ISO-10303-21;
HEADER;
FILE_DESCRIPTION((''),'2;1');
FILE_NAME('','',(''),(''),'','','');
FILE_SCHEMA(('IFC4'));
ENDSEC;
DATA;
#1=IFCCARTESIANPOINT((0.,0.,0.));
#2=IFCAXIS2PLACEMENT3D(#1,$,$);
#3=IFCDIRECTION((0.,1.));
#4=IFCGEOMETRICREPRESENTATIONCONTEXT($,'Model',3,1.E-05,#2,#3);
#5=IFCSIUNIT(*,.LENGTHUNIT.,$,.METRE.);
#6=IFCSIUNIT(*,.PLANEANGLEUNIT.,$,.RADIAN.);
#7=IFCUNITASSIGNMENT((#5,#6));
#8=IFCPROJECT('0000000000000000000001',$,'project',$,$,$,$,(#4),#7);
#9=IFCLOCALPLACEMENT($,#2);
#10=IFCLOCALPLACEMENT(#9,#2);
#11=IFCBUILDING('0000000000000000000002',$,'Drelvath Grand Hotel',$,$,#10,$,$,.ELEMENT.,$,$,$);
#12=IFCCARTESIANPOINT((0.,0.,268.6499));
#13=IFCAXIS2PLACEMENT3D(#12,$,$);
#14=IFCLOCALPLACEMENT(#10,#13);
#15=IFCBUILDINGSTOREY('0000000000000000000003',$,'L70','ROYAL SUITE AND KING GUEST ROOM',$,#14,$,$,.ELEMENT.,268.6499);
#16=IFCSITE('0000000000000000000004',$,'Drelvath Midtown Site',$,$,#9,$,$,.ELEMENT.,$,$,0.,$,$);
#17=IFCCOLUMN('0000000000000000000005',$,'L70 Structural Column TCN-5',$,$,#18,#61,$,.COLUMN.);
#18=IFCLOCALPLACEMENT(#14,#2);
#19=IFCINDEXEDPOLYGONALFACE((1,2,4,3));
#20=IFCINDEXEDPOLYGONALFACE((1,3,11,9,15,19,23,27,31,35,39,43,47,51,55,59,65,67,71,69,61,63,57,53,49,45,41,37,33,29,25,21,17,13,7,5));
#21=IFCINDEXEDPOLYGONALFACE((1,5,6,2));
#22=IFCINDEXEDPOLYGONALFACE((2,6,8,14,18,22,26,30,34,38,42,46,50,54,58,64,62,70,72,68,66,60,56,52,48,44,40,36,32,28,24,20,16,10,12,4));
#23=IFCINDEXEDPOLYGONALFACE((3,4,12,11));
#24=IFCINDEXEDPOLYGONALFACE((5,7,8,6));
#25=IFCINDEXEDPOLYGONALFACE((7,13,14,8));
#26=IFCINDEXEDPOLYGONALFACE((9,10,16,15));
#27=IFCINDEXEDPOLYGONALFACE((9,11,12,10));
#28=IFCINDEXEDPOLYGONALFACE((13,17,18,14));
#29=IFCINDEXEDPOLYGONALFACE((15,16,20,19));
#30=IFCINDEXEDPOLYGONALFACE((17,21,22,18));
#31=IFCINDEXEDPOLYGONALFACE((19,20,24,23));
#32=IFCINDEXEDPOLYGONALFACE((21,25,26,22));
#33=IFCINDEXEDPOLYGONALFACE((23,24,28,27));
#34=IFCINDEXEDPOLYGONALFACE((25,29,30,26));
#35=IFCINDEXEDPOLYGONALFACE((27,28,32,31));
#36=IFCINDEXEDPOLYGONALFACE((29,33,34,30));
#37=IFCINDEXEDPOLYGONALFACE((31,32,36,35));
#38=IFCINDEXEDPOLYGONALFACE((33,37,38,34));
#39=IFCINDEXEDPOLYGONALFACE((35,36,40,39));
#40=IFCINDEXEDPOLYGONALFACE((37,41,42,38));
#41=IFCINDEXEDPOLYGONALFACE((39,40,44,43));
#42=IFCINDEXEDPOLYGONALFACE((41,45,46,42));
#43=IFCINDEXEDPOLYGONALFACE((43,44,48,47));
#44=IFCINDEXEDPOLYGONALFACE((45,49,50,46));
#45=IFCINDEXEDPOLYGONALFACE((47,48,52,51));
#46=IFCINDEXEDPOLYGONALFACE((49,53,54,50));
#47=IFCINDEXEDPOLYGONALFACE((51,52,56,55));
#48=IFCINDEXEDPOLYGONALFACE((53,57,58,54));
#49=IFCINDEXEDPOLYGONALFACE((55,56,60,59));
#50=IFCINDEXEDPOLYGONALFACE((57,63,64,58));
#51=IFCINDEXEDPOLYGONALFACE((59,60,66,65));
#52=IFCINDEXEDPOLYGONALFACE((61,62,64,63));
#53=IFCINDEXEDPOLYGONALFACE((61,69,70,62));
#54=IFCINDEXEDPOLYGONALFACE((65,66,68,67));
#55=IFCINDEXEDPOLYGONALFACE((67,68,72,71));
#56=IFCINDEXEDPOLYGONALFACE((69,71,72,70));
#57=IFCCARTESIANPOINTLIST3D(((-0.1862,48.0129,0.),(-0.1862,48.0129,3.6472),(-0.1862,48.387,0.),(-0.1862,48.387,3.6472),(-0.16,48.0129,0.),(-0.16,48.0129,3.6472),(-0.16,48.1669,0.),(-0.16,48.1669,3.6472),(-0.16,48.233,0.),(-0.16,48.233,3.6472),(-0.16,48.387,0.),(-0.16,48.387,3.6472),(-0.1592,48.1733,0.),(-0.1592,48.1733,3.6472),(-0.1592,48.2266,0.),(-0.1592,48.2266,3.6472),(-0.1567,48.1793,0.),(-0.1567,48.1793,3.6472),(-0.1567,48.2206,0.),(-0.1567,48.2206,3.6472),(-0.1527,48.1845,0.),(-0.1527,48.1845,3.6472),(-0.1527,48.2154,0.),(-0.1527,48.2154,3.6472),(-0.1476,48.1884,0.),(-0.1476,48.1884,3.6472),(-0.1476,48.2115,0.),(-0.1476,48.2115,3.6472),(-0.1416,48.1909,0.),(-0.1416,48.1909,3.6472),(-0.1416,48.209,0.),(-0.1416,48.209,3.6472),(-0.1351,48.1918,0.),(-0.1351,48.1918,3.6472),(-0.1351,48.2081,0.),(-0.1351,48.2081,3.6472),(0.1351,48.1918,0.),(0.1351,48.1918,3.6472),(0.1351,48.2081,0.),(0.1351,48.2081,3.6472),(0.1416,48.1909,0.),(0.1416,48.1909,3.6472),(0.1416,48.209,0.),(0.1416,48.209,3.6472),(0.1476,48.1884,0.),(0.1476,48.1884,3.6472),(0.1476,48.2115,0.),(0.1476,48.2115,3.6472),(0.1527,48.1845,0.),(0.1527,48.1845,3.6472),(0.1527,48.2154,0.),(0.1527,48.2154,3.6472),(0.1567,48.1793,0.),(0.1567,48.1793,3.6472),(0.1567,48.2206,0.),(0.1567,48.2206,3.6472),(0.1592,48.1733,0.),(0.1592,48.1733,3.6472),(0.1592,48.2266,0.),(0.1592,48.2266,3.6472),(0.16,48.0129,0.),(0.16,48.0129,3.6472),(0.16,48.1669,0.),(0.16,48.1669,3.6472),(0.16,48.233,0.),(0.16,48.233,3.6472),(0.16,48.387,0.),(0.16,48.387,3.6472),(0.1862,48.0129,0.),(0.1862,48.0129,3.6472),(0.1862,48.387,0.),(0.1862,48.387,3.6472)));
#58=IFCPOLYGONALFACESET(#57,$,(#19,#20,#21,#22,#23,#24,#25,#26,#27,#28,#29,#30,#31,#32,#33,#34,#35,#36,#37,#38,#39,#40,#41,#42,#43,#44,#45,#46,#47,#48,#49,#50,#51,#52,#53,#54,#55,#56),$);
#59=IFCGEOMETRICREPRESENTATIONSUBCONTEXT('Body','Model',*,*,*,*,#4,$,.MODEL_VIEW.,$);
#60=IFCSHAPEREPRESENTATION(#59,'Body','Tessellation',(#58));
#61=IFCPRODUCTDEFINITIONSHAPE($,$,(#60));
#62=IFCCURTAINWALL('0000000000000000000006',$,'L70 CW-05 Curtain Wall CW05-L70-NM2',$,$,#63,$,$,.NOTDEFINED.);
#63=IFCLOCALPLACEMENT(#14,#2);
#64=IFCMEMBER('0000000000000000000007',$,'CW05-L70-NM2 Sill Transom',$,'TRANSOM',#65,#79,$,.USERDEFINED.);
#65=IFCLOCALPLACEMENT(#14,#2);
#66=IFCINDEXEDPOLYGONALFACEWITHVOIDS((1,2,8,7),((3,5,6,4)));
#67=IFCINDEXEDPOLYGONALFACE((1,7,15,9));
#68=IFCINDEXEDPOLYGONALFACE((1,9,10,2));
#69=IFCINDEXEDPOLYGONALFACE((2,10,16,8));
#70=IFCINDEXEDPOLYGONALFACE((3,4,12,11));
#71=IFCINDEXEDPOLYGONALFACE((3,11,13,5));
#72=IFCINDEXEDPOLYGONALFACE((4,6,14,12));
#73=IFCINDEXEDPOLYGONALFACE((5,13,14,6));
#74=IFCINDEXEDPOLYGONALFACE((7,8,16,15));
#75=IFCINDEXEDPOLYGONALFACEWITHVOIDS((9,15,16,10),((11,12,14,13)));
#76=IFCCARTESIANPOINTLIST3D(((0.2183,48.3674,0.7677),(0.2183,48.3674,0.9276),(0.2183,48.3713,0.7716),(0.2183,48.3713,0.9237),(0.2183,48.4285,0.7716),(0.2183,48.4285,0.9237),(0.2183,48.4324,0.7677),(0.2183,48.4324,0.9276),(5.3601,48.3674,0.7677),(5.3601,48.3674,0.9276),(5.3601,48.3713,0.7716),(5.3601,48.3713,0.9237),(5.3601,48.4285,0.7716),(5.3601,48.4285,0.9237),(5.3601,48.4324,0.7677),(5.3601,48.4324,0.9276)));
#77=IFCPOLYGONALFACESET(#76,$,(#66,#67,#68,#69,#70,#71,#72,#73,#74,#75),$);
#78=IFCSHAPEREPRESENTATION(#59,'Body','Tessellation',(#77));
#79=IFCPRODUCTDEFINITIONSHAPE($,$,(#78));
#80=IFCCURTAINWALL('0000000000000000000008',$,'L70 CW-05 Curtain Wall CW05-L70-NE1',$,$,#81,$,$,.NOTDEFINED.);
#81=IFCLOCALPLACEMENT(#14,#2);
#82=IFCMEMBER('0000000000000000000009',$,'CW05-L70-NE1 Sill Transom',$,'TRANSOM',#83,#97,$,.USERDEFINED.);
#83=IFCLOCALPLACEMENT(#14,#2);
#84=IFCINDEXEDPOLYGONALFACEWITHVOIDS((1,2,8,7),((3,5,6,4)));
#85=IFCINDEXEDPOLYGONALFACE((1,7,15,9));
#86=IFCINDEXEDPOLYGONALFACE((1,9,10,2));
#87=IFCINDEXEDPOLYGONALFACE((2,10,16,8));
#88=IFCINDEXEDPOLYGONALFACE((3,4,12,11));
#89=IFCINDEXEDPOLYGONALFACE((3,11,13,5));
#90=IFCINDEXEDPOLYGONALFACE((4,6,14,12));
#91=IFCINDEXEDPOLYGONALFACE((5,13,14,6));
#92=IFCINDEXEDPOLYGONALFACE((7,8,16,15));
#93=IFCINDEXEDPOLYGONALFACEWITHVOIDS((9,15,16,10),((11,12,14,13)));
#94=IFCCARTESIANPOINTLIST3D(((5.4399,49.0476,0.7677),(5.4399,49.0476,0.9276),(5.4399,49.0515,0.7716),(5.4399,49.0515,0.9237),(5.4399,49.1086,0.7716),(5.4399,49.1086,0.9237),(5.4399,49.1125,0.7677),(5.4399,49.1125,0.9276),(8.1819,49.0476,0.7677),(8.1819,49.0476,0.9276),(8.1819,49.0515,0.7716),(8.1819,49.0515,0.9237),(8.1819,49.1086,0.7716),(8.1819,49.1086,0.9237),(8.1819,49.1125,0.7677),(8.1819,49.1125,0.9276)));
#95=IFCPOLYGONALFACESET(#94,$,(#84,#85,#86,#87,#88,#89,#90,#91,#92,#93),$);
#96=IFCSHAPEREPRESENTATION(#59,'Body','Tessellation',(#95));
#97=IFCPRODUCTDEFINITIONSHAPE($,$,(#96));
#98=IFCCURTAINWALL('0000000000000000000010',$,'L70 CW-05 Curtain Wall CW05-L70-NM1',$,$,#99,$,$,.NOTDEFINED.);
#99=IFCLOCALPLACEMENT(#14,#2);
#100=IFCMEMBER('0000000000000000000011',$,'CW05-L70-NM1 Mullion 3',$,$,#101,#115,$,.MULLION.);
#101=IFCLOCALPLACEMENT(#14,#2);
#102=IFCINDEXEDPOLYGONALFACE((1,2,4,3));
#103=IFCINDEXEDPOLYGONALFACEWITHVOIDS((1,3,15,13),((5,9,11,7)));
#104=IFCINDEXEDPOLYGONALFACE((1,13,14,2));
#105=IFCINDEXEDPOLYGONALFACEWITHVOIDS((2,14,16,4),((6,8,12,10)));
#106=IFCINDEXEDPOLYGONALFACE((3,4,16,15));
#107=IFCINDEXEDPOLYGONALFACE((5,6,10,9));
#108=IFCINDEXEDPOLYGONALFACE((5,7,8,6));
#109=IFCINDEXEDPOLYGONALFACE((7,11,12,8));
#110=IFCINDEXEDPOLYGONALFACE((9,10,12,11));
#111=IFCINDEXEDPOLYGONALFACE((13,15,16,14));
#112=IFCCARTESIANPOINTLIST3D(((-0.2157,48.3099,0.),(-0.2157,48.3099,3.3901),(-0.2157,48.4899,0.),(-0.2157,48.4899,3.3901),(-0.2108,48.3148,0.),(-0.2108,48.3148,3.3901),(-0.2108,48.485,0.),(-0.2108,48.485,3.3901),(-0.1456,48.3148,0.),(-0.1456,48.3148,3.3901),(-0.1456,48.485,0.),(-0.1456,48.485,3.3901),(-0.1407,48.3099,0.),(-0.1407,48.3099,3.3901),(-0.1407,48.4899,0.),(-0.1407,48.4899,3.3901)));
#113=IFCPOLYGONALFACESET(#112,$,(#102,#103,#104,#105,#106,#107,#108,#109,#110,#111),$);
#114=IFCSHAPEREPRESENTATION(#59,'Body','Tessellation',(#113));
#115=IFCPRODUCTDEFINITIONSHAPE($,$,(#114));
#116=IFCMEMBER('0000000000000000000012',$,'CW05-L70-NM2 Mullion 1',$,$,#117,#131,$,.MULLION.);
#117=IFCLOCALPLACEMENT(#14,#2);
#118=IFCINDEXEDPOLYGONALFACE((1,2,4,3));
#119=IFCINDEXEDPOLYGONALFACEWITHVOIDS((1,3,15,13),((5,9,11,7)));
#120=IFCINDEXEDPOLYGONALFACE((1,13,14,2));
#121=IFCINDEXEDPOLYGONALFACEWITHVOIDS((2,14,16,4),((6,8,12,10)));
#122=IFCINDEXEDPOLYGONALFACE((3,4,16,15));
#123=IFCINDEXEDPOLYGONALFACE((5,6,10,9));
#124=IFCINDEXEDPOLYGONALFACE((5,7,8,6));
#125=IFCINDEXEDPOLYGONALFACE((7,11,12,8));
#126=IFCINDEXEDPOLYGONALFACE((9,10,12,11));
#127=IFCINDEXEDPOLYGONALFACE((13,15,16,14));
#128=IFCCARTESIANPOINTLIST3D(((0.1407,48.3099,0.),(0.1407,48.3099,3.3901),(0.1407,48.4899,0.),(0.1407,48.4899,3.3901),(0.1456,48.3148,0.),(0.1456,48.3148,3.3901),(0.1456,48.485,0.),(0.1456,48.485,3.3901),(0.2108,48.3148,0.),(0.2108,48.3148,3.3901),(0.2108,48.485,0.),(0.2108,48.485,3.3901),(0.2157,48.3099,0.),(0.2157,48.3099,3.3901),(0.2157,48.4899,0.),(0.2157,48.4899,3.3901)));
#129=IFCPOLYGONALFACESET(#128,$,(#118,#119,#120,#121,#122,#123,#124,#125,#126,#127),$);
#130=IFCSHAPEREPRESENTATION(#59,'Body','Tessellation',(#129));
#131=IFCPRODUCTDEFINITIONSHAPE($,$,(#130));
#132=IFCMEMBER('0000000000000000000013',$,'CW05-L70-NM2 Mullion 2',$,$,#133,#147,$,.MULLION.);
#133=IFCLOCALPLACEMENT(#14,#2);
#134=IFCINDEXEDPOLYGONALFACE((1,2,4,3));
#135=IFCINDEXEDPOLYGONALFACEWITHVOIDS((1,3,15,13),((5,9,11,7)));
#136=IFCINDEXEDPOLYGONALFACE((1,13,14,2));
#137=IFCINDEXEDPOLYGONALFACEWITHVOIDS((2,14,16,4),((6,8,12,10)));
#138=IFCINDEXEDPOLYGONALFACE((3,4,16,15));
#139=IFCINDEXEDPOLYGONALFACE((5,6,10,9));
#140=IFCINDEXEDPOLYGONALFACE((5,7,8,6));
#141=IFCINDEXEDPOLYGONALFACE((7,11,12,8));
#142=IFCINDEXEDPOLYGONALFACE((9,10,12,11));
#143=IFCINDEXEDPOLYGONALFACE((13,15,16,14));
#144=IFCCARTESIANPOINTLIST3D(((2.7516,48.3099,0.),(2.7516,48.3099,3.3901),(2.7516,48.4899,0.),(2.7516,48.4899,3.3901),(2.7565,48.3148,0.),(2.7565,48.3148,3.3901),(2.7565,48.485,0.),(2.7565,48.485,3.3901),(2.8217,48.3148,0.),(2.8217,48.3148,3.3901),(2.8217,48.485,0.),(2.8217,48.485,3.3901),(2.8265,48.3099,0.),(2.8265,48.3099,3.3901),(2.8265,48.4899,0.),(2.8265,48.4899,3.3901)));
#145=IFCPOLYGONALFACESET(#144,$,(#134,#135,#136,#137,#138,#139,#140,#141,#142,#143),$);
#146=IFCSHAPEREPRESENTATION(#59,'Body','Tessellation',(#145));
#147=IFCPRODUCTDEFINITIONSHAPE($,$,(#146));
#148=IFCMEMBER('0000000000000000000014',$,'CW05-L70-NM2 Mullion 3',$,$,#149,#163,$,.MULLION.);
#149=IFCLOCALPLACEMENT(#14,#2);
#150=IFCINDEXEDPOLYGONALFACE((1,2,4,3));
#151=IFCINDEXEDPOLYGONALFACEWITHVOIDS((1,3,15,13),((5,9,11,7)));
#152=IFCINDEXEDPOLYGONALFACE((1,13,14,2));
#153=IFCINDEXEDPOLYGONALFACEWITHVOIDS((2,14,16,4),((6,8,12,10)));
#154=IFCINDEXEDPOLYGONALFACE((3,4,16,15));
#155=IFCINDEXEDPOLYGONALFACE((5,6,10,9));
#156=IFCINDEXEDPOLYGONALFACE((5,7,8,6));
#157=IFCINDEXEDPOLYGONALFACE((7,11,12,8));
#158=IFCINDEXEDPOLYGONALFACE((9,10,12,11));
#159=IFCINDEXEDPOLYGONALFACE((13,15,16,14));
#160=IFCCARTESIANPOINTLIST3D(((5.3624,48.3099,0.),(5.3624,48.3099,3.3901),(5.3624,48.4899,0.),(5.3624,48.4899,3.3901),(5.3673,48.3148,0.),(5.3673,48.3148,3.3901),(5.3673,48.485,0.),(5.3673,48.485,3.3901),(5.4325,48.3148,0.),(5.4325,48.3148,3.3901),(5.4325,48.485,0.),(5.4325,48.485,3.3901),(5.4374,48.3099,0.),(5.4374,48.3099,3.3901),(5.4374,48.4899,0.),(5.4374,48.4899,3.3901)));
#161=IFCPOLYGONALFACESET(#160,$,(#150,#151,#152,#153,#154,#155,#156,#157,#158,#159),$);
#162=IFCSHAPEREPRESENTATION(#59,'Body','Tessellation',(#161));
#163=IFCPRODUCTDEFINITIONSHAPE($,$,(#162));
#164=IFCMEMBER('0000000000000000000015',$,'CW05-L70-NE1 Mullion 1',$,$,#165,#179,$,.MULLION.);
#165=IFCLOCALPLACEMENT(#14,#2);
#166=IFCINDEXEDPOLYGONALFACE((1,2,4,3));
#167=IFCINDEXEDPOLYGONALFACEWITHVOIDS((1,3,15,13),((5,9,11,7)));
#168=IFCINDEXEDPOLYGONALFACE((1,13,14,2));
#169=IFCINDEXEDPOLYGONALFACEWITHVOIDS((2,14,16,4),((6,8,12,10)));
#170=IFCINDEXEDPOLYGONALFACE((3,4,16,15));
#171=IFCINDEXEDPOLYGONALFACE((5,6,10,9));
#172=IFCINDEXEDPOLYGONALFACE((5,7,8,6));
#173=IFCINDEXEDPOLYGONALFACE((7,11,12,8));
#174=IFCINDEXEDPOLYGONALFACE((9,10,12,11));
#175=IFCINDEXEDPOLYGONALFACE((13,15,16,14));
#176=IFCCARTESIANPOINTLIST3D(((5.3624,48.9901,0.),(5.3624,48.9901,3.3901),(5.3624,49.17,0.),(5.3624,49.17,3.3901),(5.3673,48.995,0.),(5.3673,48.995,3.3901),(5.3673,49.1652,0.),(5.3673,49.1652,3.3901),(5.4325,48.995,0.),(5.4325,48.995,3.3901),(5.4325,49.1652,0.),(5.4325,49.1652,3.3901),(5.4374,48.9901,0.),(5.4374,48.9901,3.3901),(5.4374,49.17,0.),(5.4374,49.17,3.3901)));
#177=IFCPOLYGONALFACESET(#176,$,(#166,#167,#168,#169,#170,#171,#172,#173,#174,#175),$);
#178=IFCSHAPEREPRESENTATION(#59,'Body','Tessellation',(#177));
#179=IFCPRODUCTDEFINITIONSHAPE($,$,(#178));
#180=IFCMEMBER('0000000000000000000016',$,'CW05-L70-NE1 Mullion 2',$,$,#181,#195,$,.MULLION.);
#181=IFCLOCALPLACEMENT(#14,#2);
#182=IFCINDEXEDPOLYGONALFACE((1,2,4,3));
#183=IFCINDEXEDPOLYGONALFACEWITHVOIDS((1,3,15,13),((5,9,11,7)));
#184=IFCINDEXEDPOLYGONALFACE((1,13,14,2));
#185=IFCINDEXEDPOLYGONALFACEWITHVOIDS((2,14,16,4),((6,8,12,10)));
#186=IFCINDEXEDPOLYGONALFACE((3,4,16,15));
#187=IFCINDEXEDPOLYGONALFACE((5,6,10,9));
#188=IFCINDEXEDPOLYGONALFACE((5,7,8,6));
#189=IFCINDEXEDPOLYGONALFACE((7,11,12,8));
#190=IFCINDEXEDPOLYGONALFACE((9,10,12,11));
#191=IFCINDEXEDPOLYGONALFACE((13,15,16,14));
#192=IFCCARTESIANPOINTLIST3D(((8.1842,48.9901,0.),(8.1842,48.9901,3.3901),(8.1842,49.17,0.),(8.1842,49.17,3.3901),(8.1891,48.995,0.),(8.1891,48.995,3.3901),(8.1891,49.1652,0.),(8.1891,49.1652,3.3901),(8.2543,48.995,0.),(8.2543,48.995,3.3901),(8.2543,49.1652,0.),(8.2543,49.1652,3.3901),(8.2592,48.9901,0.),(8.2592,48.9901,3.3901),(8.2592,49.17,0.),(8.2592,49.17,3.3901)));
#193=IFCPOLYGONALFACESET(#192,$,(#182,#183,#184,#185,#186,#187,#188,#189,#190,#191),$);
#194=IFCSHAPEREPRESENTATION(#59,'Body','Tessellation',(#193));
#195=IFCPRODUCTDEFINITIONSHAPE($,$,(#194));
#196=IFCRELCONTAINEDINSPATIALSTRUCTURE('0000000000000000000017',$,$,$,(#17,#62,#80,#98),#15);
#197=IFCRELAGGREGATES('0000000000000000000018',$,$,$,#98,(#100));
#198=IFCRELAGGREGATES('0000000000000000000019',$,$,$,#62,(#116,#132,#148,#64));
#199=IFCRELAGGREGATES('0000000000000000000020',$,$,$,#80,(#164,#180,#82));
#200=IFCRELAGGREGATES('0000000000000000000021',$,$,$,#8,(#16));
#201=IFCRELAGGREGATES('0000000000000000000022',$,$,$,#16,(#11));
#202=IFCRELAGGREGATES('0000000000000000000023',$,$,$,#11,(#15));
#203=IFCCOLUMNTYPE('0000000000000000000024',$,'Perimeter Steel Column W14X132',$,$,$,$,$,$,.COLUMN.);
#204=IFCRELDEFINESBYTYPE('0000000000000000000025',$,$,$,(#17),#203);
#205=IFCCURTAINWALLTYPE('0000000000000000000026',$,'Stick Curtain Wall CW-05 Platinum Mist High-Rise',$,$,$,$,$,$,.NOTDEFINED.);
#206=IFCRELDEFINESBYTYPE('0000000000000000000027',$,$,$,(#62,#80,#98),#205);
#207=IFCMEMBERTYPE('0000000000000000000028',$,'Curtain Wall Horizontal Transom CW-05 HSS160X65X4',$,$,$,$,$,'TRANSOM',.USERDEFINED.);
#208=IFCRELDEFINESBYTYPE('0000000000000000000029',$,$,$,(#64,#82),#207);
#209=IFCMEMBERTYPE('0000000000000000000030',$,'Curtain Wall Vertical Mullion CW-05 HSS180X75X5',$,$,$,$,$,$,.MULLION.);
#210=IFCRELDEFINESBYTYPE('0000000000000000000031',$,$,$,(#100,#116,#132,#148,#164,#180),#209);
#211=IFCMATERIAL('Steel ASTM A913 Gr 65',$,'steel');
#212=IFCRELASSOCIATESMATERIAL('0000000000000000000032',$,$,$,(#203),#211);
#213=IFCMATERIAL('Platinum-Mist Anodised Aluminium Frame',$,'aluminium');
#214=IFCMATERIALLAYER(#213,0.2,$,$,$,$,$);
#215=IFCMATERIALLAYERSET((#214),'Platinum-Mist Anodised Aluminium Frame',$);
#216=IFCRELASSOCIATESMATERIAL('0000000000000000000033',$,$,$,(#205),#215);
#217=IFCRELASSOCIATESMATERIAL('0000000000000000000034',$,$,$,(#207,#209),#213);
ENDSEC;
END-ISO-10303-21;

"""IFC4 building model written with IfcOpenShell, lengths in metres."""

from ifc_helpers import new_model, si_unit, direction, frame, origin, origin_2d, place, context, subcontext, project, spatial, hollow_rectangle, i_section, extrude, material, layer, layer_set, material_profile, profile_set, type_object, element, aggregate, save


model = new_model("IFC4")

# Units and contexts
model_context = context("Model", 3, precision=1e-05, world=origin(), true_north=direction((0.0, 1.0)))
body_context = subcontext(model_context, "Body", "Model", "MODEL_VIEW")
ifc_project = project(units=[si_unit("LENGTHUNIT", "METRE"), si_unit("PLANEANGLEUNIT", "RADIAN")], contexts=[model_context])

# Site, building, storey
site_placement = place(None, origin())
site = spatial("IfcSite", under=ifc_project, at=site_placement, Name="Drelvath Midtown Site", CompositionType="ELEMENT", RefElevation=0.0)
building_placement = place(site_placement, origin())
building = spatial("IfcBuilding", under=site, at=building_placement, Name="Drelvath Grand Hotel", CompositionType="ELEMENT")
storey_placement = place(building_placement, frame((0.0, 0.0, 268.6499)))
storey = spatial("IfcBuildingStorey", under=building, at=storey_placement, Name="L70", Description="ROYAL SUITE AND KING GUEST ROOM", CompositionType="ELEMENT", Elevation=268.6499)

# Column
ifc_material_1 = material(Name="Steel ASTM A913 Gr 65", Category="steel")
ifc_material_profile_1 = material_profile(ifc_material_1, i_section(OverallWidth=0.374, OverallDepth=0.3723, WebThickness=0.0164, FlangeThickness=0.0261, FilletRadius=0.0249, at=origin_2d()), Name="W14X132")
ifc_profile_set_1 = profile_set([ifc_material_profile_1], Name="Steel ASTM A913 Gr 65")
column_type = type_object("IfcColumnType", Name="Perimeter Steel Column W14X132", PredefinedType="COLUMN", material=ifc_profile_set_1)
column_placement = place(storey_placement, frame((0.0, 48.2, 0.0), z_axis=(0.0, 0.0, 1.0), x_axis=(0.0, 1.0, 0.0)))
element("IfcColumn", 1, at=column_placement, inside=storey, type_object=column_type, Name="L70 Structural Column TCN-5", PredefinedType="COLUMN", context=body_context, shape_type="SweptSolid", body=[
    extrude(i_section(OverallWidth=0.374, OverallDepth=0.3723, WebThickness=0.0164, FlangeThickness=0.0261, FilletRadius=0.0249, at=origin_2d()), origin(), (0.0, 0.0, 1.0), 3.6472),
])

# Curtain walls, members
ifc_material_2 = material(Name="Platinum-Mist Anodised Aluminium Frame", Category="aluminium")
ifc_layer_1 = layer(ifc_material_2, 0.2)
ifc_layer_set_1 = layer_set([ifc_layer_1], Name="Platinum-Mist Anodised Aluminium Frame")
curtain_wall_type = type_object("IfcCurtainWallType", Name="Stick Curtain Wall CW-05 Platinum Mist High-Rise", PredefinedType="NOTDEFINED", material=ifc_layer_set_1)
curtain_wall_1_placement = place(storey_placement, origin())
curtain_wall_1 = element("IfcCurtainWall", 2, at=curtain_wall_1_placement, inside=storey, type_object=curtain_wall_type, Name="L70 CW-05 Curtain Wall CW05-L70-NM2", PredefinedType="NOTDEFINED")
ifc_material_profile_2 = material_profile(ifc_material_2, hollow_rectangle(XDim=0.0649, YDim=0.1599, WallThickness=0.0039, at=origin_2d()), Name="HSS160X65X4")
ifc_profile_set_2 = profile_set([ifc_material_profile_2], Name="Platinum-Mist Anodised Aluminium Frame")
member_type_1 = type_object("IfcMemberType", Name="Curtain Wall Horizontal Transom CW-05 HSS160X65X4", ElementType="TRANSOM", PredefinedType="USERDEFINED", material=ifc_profile_set_2)
member_1_placement = place(storey_placement, frame((0.2183, 48.3999, 0.8477), z_axis=(1.0, 0.0, 0.0), x_axis=(0.0, 1.0, 0.0)))
member_1 = element("IfcMember", 3, at=member_1_placement, type_object=member_type_1, Name="CW05-L70-NM2 Sill Transom", ObjectType="TRANSOM", PredefinedType="USERDEFINED", context=body_context, shape_type="SweptSolid", body=[
    extrude(hollow_rectangle(XDim=0.0649, YDim=0.1599, WallThickness=0.0039, at=origin_2d()), origin(), (0.0, 0.0, 1.0), 5.1418),
])
curtain_wall_2_placement = place(storey_placement, origin())
curtain_wall_2 = element("IfcCurtainWall", 4, at=curtain_wall_2_placement, inside=storey, type_object=curtain_wall_type, Name="L70 CW-05 Curtain Wall CW05-L70-NE1", PredefinedType="NOTDEFINED")
member_2_placement = place(storey_placement, frame((5.4399, 49.0801, 0.8477), z_axis=(1.0, 0.0, 0.0), x_axis=(0.0, 1.0, 0.0)))
member_2 = element("IfcMember", 5, at=member_2_placement, type_object=member_type_1, Name="CW05-L70-NE1 Sill Transom", ObjectType="TRANSOM", PredefinedType="USERDEFINED", context=body_context, shape_type="SweptSolid", body=[
    extrude(hollow_rectangle(XDim=0.0649, YDim=0.1599, WallThickness=0.0039, at=origin_2d()), origin(), (0.0, 0.0, 1.0), 2.7419),
])
curtain_wall_3_placement = place(storey_placement, origin())
curtain_wall_3 = element("IfcCurtainWall", 6, at=curtain_wall_3_placement, inside=storey, type_object=curtain_wall_type, Name="L70 CW-05 Curtain Wall CW05-L70-NM1", PredefinedType="NOTDEFINED")
ifc_material_profile_3 = material_profile(ifc_material_2, hollow_rectangle(XDim=0.075, YDim=0.1799, WallThickness=0.0049, at=origin_2d()), Name="HSS180X75X5")
ifc_profile_set_3 = profile_set([ifc_material_profile_3], Name="Platinum-Mist Anodised Aluminium Frame")
member_type_2 = type_object("IfcMemberType", Name="Curtain Wall Vertical Mullion CW-05 HSS180X75X5", PredefinedType="MULLION", material=ifc_profile_set_3)
member_3_placement = place(storey_placement, frame((-0.1782, 48.3999, 0.0), z_axis=(0.0, 0.0, 1.0), x_axis=(1.0, 0.0, 0.0)))
member_3 = element("IfcMember", 7, at=member_3_placement, type_object=member_type_2, Name="CW05-L70-NM1 Mullion 3", PredefinedType="MULLION", context=body_context, shape_type="SweptSolid", body=[
    extrude(hollow_rectangle(XDim=0.075, YDim=0.1799, WallThickness=0.0049, at=origin_2d()), origin(), (0.0, 0.0, 1.0), 3.3901),
])
aggregate(curtain_wall_3, [member_3])

# Members
member_4_placement = place(storey_placement, frame((0.1782, 48.3999, 0.0), z_axis=(0.0, 0.0, 1.0), x_axis=(1.0, 0.0, 0.0)))
member_4 = element("IfcMember", 8, at=member_4_placement, type_object=member_type_2, Name="CW05-L70-NM2 Mullion 1", PredefinedType="MULLION", context=body_context, shape_type="SweptSolid", body=[
    extrude(hollow_rectangle(XDim=0.075, YDim=0.1799, WallThickness=0.0049, at=origin_2d()), origin(), (0.0, 0.0, 1.0), 3.3901),
])
member_5_placement = place(storey_placement, frame((2.7891, 48.3999, 0.0), z_axis=(0.0, 0.0, 1.0), x_axis=(1.0, 0.0, 0.0)))
member_5 = element("IfcMember", 9, at=member_5_placement, type_object=member_type_2, Name="CW05-L70-NM2 Mullion 2", PredefinedType="MULLION", context=body_context, shape_type="SweptSolid", body=[
    extrude(hollow_rectangle(XDim=0.075, YDim=0.1799, WallThickness=0.0049, at=origin_2d()), origin(), (0.0, 0.0, 1.0), 3.3901),
])
member_6_placement = place(storey_placement, frame((5.3999, 48.3999, 0.0), z_axis=(0.0, 0.0, 1.0), x_axis=(1.0, 0.0, 0.0)))
member_6 = element("IfcMember", 10, at=member_6_placement, type_object=member_type_2, Name="CW05-L70-NM2 Mullion 3", PredefinedType="MULLION", context=body_context, shape_type="SweptSolid", body=[
    extrude(hollow_rectangle(XDim=0.075, YDim=0.1799, WallThickness=0.0049, at=origin_2d()), origin(), (0.0, 0.0, 1.0), 3.3901),
])
member_7_placement = place(storey_placement, frame((5.3999, 49.0801, 0.0), z_axis=(0.0, 0.0, 1.0), x_axis=(1.0, 0.0, 0.0)))
member_7 = element("IfcMember", 11, at=member_7_placement, type_object=member_type_2, Name="CW05-L70-NE1 Mullion 1", PredefinedType="MULLION", context=body_context, shape_type="SweptSolid", body=[
    extrude(hollow_rectangle(XDim=0.075, YDim=0.1799, WallThickness=0.0049, at=origin_2d()), origin(), (0.0, 0.0, 1.0), 3.3901),
])
member_8_placement = place(storey_placement, frame((8.2217, 49.0801, 0.0), z_axis=(0.0, 0.0, 1.0), x_axis=(1.0, 0.0, 0.0)))
member_8 = element("IfcMember", 12, at=member_8_placement, type_object=member_type_2, Name="CW05-L70-NE1 Mullion 2", PredefinedType="MULLION", context=body_context, shape_type="SweptSolid", body=[
    extrude(hollow_rectangle(XDim=0.075, YDim=0.1799, WallThickness=0.0049, at=origin_2d()), origin(), (0.0, 0.0, 1.0), 3.3901),
])

aggregate(curtain_wall_1, [member_4, member_5, member_6, member_1])
aggregate(curtain_wall_2, [member_7, member_8, member_2])

save(model, "model.ifc")
